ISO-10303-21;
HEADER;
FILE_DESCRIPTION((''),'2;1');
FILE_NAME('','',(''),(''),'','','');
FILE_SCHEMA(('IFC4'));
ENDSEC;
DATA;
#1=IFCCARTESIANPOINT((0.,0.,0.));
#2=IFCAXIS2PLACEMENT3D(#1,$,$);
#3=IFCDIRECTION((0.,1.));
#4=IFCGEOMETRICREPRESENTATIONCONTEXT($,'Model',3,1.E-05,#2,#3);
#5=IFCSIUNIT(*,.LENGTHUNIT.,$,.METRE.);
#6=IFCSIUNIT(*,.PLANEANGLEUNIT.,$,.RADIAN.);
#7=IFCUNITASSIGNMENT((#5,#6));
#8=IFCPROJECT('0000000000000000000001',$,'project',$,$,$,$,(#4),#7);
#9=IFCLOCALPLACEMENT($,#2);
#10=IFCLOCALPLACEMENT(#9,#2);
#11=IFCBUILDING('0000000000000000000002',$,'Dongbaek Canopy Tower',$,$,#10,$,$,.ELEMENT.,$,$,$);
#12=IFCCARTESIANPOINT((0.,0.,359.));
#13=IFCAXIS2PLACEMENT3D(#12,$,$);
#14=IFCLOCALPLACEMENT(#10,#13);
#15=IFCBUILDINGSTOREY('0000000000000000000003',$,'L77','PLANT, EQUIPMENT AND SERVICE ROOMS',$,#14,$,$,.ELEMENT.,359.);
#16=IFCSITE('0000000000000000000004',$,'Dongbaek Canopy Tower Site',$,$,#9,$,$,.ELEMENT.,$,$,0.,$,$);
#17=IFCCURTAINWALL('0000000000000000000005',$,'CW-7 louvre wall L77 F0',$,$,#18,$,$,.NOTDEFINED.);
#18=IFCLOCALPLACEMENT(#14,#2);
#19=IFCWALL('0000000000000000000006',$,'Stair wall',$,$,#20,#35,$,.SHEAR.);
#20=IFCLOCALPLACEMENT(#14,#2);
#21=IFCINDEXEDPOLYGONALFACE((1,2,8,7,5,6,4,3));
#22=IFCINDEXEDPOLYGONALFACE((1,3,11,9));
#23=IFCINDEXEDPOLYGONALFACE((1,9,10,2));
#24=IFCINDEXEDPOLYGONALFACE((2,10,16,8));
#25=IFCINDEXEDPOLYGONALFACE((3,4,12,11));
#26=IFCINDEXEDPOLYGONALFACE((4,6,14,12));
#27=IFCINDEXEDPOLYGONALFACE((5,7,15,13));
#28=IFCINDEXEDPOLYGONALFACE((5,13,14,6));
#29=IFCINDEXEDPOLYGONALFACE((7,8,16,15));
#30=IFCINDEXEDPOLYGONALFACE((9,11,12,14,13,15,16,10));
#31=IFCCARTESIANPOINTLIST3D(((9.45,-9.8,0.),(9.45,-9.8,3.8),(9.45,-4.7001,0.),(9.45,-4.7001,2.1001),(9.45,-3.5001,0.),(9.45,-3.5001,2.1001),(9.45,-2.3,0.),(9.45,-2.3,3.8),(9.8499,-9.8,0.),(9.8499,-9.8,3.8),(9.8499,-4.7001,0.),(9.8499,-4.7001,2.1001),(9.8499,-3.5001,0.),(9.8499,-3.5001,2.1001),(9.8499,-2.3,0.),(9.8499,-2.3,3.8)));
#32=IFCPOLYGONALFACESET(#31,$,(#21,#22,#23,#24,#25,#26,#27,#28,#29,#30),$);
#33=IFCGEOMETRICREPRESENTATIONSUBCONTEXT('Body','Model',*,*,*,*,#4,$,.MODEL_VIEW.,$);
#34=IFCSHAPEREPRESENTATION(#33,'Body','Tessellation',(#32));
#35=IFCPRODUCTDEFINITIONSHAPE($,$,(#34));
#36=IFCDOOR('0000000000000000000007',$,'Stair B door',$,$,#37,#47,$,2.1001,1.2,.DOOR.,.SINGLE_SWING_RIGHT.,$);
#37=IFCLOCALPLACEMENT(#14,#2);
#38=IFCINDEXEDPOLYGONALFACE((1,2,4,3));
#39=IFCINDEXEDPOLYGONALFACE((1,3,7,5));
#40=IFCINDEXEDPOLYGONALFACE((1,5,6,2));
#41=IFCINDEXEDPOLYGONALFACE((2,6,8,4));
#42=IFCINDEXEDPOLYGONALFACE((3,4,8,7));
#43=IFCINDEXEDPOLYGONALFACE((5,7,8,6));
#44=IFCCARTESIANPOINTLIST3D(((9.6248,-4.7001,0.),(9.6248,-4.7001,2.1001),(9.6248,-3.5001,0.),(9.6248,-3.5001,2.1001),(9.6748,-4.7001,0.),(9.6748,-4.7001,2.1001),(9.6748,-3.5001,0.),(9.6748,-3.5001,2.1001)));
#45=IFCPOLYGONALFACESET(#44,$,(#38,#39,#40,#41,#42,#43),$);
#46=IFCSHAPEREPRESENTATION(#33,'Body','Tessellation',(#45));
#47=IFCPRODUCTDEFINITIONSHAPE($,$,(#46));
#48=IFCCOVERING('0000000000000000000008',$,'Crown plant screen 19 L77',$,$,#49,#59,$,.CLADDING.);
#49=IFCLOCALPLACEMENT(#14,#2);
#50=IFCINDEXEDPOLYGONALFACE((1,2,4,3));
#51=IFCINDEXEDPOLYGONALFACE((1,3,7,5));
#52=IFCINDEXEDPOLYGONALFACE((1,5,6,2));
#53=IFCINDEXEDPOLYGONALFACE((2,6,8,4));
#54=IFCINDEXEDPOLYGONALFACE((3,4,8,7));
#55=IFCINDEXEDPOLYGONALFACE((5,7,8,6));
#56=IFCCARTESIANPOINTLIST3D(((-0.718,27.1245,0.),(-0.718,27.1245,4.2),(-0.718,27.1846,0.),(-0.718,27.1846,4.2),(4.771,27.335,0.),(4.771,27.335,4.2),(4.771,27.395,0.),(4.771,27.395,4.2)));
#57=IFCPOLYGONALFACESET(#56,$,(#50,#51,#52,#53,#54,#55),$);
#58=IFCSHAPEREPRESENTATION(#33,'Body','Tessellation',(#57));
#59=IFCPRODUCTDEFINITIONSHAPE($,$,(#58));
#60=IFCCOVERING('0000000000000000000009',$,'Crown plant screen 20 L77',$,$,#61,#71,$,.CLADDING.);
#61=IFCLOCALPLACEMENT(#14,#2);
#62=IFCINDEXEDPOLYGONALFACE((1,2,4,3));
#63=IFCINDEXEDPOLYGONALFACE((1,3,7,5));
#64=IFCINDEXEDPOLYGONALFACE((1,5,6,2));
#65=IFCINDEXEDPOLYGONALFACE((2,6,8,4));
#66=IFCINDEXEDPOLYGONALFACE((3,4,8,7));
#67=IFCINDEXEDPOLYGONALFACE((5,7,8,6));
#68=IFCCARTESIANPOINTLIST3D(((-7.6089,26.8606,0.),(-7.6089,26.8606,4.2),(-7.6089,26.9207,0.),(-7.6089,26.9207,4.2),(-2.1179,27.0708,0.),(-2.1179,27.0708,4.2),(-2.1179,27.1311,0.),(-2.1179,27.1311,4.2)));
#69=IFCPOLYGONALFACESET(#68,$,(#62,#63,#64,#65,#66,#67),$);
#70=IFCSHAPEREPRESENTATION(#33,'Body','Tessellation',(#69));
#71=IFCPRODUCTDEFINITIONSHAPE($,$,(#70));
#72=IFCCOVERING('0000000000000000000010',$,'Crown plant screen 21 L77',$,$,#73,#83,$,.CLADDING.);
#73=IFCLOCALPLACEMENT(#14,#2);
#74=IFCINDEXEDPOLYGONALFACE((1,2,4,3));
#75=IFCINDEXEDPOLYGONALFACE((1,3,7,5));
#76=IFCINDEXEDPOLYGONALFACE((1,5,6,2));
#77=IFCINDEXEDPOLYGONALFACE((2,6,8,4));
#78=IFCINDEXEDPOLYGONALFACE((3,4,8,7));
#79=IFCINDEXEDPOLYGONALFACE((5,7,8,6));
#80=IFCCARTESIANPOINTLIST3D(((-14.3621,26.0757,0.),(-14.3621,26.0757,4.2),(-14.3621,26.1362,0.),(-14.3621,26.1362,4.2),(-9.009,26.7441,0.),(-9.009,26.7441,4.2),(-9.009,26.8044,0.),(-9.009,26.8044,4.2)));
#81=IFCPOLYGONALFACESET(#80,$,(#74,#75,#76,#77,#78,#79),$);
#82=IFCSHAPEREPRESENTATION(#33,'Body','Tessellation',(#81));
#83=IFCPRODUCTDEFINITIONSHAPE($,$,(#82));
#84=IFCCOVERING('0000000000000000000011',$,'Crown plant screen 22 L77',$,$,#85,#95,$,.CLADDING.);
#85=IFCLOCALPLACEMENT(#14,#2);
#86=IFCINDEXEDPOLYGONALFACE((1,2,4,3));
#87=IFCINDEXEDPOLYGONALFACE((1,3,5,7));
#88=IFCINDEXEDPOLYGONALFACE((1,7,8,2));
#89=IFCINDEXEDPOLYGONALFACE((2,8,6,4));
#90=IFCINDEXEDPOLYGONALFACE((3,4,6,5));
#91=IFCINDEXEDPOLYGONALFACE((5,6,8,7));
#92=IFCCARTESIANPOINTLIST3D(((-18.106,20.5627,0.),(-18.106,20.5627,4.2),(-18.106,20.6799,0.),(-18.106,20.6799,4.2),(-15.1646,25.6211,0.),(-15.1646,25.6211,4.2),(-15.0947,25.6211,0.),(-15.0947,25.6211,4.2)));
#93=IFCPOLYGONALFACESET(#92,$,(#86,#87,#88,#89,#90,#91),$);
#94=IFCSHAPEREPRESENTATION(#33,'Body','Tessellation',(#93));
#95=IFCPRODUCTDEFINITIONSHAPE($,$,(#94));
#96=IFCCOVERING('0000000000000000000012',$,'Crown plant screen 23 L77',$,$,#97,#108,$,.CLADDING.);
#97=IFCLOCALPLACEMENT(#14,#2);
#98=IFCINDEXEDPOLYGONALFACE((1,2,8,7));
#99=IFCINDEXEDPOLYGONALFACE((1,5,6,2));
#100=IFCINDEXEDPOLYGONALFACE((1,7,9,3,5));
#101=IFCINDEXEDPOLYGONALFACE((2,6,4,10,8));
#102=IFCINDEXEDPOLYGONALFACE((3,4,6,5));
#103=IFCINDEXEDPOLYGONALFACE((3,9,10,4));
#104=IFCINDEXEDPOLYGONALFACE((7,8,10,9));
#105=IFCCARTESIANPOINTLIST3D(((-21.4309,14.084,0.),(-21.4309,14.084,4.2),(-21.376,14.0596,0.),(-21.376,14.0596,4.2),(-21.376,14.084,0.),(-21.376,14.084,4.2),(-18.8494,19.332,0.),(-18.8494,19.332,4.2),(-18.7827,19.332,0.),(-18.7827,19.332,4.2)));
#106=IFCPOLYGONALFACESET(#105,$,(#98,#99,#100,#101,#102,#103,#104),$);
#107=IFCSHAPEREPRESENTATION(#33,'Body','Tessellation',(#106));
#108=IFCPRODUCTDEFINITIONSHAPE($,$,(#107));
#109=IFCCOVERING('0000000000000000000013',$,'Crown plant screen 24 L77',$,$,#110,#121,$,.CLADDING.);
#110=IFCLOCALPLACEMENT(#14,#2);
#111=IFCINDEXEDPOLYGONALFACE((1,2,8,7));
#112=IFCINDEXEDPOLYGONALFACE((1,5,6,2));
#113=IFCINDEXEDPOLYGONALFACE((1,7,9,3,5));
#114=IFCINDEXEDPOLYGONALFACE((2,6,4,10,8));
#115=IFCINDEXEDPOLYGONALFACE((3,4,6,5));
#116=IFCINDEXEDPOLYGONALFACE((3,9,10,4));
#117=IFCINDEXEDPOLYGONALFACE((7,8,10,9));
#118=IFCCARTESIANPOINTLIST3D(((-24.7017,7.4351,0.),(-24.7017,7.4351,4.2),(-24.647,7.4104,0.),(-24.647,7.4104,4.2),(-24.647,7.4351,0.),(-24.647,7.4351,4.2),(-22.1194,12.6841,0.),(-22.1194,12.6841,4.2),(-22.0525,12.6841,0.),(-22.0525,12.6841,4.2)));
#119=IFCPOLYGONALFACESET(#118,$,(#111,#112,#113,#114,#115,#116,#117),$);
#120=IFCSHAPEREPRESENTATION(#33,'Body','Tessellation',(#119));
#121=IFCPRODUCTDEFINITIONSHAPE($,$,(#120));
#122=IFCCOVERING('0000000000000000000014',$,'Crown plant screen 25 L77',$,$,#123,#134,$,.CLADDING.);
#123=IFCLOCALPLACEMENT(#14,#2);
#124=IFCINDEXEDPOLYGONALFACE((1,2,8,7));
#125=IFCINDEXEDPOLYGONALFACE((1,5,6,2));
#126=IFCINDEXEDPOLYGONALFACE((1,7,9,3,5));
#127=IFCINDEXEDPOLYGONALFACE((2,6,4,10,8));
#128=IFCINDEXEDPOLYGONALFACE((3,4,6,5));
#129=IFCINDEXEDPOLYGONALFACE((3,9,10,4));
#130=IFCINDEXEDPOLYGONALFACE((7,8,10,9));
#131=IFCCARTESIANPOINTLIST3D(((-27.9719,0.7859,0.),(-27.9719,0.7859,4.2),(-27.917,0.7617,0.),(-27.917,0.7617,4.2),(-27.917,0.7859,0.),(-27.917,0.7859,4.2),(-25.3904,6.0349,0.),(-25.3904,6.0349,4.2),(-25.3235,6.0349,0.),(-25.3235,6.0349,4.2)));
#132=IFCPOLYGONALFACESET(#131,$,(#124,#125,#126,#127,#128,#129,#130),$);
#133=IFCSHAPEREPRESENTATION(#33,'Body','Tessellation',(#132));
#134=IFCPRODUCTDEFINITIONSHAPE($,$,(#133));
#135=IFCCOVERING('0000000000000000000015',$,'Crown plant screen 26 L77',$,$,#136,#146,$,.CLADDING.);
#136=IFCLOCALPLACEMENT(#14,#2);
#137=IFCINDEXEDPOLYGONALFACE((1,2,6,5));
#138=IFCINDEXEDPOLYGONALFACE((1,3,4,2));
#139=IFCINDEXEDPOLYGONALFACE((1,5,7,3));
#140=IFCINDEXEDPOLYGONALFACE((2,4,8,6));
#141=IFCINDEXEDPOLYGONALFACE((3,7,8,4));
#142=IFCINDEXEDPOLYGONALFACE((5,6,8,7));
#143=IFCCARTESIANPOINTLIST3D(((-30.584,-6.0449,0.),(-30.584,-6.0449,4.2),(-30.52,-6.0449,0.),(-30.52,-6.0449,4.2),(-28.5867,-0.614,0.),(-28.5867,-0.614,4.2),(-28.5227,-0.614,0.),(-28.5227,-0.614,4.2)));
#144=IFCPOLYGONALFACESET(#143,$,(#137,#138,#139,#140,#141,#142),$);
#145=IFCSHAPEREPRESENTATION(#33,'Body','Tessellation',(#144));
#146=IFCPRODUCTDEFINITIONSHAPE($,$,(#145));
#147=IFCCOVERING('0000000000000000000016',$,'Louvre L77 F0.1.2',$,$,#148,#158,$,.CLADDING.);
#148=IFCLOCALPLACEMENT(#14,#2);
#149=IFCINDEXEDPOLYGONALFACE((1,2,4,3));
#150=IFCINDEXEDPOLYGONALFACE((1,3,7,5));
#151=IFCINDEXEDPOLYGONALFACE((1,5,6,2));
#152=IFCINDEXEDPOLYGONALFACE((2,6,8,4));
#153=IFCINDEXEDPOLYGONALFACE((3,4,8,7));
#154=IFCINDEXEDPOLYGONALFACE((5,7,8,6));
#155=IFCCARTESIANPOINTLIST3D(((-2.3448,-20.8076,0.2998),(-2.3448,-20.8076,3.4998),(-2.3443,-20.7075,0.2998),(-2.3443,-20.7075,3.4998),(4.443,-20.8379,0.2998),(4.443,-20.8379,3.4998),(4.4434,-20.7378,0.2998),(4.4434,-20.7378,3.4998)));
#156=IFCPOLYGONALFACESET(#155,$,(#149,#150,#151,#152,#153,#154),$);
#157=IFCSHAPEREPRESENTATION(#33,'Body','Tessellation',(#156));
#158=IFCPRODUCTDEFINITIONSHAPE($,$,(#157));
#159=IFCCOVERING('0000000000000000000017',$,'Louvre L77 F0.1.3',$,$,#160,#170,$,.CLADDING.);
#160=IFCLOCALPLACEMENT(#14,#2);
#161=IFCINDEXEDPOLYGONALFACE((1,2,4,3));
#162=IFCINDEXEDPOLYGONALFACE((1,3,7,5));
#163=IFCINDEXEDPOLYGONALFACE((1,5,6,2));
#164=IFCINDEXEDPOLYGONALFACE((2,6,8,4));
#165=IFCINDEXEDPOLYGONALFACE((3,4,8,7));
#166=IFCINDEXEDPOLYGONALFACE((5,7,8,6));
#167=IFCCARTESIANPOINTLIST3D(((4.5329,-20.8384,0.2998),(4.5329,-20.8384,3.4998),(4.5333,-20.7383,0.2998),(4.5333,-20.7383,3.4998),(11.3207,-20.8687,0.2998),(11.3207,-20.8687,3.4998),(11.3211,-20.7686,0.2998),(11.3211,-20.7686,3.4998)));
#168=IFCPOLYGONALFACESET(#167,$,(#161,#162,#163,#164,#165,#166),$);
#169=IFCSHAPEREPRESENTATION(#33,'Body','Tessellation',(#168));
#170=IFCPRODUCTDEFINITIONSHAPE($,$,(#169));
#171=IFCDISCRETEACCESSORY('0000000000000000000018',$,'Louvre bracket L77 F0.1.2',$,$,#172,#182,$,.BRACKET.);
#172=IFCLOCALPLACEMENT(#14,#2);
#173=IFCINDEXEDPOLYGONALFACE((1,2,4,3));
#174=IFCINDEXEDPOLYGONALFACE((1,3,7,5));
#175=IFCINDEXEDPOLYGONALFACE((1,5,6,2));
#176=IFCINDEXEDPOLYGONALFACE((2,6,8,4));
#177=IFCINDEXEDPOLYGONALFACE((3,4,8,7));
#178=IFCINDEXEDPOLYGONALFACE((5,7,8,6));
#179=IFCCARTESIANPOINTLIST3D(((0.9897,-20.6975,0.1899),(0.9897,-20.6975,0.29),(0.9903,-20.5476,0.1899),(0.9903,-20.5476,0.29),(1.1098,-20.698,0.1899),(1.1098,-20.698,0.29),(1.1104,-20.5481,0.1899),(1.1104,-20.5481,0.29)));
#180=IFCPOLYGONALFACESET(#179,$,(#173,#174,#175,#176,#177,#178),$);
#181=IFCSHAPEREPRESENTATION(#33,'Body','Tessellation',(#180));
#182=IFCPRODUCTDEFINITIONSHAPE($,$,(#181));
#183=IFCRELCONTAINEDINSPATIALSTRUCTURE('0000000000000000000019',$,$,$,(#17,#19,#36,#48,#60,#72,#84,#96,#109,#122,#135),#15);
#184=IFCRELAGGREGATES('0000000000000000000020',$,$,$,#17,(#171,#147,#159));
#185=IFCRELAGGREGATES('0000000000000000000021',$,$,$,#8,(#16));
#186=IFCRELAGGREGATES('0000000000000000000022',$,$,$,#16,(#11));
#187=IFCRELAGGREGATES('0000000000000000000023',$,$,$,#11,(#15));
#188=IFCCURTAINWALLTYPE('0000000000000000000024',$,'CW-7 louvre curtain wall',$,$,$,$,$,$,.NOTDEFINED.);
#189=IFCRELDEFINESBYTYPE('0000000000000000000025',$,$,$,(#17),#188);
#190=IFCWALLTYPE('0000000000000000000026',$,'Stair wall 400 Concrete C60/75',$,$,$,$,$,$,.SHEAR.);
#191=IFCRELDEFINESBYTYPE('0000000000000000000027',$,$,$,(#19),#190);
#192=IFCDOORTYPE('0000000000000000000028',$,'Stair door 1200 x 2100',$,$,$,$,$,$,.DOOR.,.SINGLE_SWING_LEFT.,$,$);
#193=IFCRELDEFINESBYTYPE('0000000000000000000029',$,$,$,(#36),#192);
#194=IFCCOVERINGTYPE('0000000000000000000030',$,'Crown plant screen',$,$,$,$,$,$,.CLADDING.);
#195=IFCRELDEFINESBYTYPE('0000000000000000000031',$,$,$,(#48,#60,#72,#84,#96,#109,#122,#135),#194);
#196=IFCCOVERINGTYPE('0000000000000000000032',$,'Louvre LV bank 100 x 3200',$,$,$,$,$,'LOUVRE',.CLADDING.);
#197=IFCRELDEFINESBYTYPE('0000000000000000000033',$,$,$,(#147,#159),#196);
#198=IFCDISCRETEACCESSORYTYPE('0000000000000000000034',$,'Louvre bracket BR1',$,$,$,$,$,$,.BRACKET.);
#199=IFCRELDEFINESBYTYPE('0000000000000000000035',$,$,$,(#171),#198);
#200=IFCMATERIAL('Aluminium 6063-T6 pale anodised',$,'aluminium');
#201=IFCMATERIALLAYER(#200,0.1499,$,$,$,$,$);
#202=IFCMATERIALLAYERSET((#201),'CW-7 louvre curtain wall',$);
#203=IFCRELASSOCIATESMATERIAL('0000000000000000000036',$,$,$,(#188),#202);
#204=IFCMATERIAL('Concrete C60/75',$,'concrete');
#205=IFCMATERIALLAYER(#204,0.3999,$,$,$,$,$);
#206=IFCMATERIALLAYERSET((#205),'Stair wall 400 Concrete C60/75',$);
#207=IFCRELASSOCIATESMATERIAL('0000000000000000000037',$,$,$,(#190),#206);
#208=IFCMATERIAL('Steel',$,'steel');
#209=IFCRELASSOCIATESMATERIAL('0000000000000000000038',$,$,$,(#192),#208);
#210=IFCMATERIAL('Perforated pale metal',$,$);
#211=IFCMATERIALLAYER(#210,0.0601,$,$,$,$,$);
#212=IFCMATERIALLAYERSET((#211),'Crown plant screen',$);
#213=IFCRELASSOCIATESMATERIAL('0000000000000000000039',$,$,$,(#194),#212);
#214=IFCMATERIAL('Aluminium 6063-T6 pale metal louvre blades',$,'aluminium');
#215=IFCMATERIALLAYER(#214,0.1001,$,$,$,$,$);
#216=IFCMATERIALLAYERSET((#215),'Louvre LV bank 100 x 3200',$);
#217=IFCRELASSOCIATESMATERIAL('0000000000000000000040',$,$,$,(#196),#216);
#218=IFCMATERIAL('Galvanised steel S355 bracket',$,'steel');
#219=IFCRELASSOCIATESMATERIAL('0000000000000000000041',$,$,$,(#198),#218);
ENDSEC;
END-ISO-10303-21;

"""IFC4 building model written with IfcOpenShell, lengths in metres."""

from ifc_helpers import new_model, si_unit, direction, frame, frame_2d, origin, origin_2d, place, context, subcontext, project, spatial, polyline, rectangle, outline, extrude, material, layer, layer_set, type_object, element, fill, aggregate, save


model = new_model("IFC4")

# Units and contexts
model_context = context("Model", 3, precision=1e-05, world=origin(), true_north=direction((0.0, 1.0)))
body_context = subcontext(model_context, "Body", "Model", "MODEL_VIEW")
ifc_project = project(units=[si_unit("LENGTHUNIT", "METRE"), si_unit("PLANEANGLEUNIT", "RADIAN")], contexts=[model_context])

# Site, building, storey
site_placement = place(None, origin())
site = spatial("IfcSite", under=ifc_project, at=site_placement, Name="Dongbaek Canopy Tower Site", CompositionType="ELEMENT", RefElevation=0.0)
building_placement = place(site_placement, origin())
building = spatial("IfcBuilding", under=site, at=building_placement, Name="Dongbaek Canopy Tower", CompositionType="ELEMENT")
storey_placement = place(building_placement, frame((0.0, 0.0, 359.0)))
storey = spatial("IfcBuildingStorey", under=building, at=storey_placement, Name="L77", Description="PLANT, EQUIPMENT AND SERVICE ROOMS", CompositionType="ELEMENT", Elevation=359.0)

# Curtain wall
ifc_material_1 = material(Name="Aluminium 6063-T6 pale anodised", Category="aluminium")
ifc_layer_1 = layer(ifc_material_1, 0.1499)
ifc_layer_set_1 = layer_set([ifc_layer_1], Name="CW-7 louvre curtain wall")
curtain_wall_type = type_object("IfcCurtainWallType", Name="CW-7 louvre curtain wall", PredefinedType="NOTDEFINED", material=ifc_layer_set_1)
curtain_wall_placement = place(storey_placement, origin())
curtain_wall = element("IfcCurtainWall", 1, at=curtain_wall_placement, inside=storey, type_object=curtain_wall_type, Name="CW-7 louvre wall L77 F0", PredefinedType="NOTDEFINED")

# Wall, opening, door
ifc_material_2 = material(Name="Concrete C60/75", Category="concrete")
ifc_layer_2 = layer(ifc_material_2, 0.3999)
ifc_layer_set_2 = layer_set([ifc_layer_2], Name="Stair wall 400 Concrete C60/75")
wall_type_1 = type_object("IfcWallType", Name="Stair wall 400 Concrete C60/75", PredefinedType="SHEAR", material=ifc_layer_set_2)
wall_1_placement = place(storey_placement, frame((9.6499, -2.3, 0.0), z_axis=(0.0, 0.0, 1.0), x_axis=(0.0, -1.0, 0.0)))
wall_1 = element("IfcWall", 2, at=wall_1_placement, inside=storey, type_object=wall_type_1, Name="Stair wall", PredefinedType="SHEAR", context=body_context, shape_type="SweptSolid", body=[
    extrude(rectangle(XDim=7.5, YDim=0.3999, at=frame_2d((3.75, 0.0))), origin(), (0.0, 0.0, 1.0), 3.8),
])
opening_1_placement = place(wall_1_placement, frame((1.2, 0.0, 0.0)))
opening_1 = element("IfcOpeningElement", 3, at=opening_1_placement, cuts=wall_1, PredefinedType="OPENING", context=body_context, shape_type="SweptSolid", body=[
    extrude(rectangle(XDim=1.2, YDim=2.1001, at=frame_2d((0.6001, 1.05))), frame((0.0, 0.21, 0.0), z_axis=(0.0, -1.0, 0.0), x_axis=(1.0, 0.0, 0.0)), (0.0, 0.0, 1.0), 0.4199),
])
ifc_material_3 = material(Name="Steel", Category="steel")
door_type_1 = type_object("IfcDoorType", Name="Stair door 1200 x 2100", OperationType="SINGLE_SWING_LEFT", PredefinedType="DOOR", material=ifc_material_3)
door_1_placement = place(opening_1_placement, origin())
door_1 = element("IfcDoor", 4, at=door_1_placement, inside=storey, type_object=door_type_1, Name="Stair B door", OperationType="SINGLE_SWING_RIGHT", OverallHeight=2.1001, OverallWidth=1.2, PredefinedType="DOOR", context=body_context, shape_type="SweptSolid", body=[
    extrude(rectangle(XDim=1.2, YDim=2.1001, at=frame_2d((0.6001, 1.05))), frame((0.0, 0.0249, 0.0), z_axis=(0.0, -1.0, 0.0), x_axis=(1.0, 0.0, 0.0)), (0.0, 0.0, 1.0), 0.05),
])
fill(opening_1, door_1)

# Coverings
ifc_material_4 = material(Name="Perforated pale metal")
ifc_layer_3 = layer(ifc_material_4, 0.0601)
ifc_layer_set_3 = layer_set([ifc_layer_3], Name="Crown plant screen")
covering_type_1 = type_object("IfcCoveringType", Name="Crown plant screen", PredefinedType="CLADDING", material=ifc_layer_set_3)
covering_1_placement = place(storey_placement, origin())
element("IfcCovering", 5, at=covering_1_placement, inside=storey, type_object=covering_type_1, Name="Crown plant screen 19 L77", PredefinedType="CLADDING", context=body_context, shape_type="SweptSolid", body=[
    extrude(outline(polyline([(4.771, 27.395), (4.771, 27.335), (-0.718, 27.1245), (-0.718, 27.1846), (4.771, 27.395)])), origin(), (0.0, 0.0, 1.0), 4.2),
])
covering_2_placement = place(storey_placement, origin())
element("IfcCovering", 6, at=covering_2_placement, inside=storey, type_object=covering_type_1, Name="Crown plant screen 20 L77", PredefinedType="CLADDING", context=body_context, shape_type="SweptSolid", body=[
    extrude(outline(polyline([(-2.1179, 27.1311), (-2.1179, 27.0708), (-7.6089, 26.8606), (-7.6089, 26.9207), (-2.1179, 27.1311)])), origin(), (0.0, 0.0, 1.0), 4.2),
])
covering_3_placement = place(storey_placement, origin())
element("IfcCovering", 7, at=covering_3_placement, inside=storey, type_object=covering_type_1, Name="Crown plant screen 21 L77", PredefinedType="CLADDING", context=body_context, shape_type="SweptSolid", body=[
    extrude(outline(polyline([(-9.009, 26.8044), (-9.009, 26.7441), (-14.3621, 26.0757), (-14.3621, 26.1362), (-9.009, 26.8044)])), origin(), (0.0, 0.0, 1.0), 4.2),
])
covering_4_placement = place(storey_placement, origin())
element("IfcCovering", 8, at=covering_4_placement, inside=storey, type_object=covering_type_1, Name="Crown plant screen 22 L77", PredefinedType="CLADDING", context=body_context, shape_type="SweptSolid", body=[
    extrude(outline(polyline([(-15.1646, 25.6211), (-15.0947, 25.6211), (-18.106, 20.5627), (-18.106, 20.6799), (-15.1646, 25.6211)])), origin(), (0.0, 0.0, 1.0), 4.2),
])
covering_5_placement = place(storey_placement, origin())
element("IfcCovering", 9, at=covering_5_placement, inside=storey, type_object=covering_type_1, Name="Crown plant screen 23 L77", PredefinedType="CLADDING", context=body_context, shape_type="SweptSolid", body=[
    extrude(outline(polyline([(-18.8494, 19.332), (-18.7827, 19.332), (-21.376, 14.0596), (-21.376, 14.084), (-21.4309, 14.084), (-18.8494, 19.332)])), origin(), (0.0, 0.0, 1.0), 4.2),
])
covering_6_placement = place(storey_placement, origin())
element("IfcCovering", 10, at=covering_6_placement, inside=storey, type_object=covering_type_1, Name="Crown plant screen 24 L77", PredefinedType="CLADDING", context=body_context, shape_type="SweptSolid", body=[
    extrude(outline(polyline([(-22.1194, 12.6841), (-22.0525, 12.6841), (-24.647, 7.4104), (-24.647, 7.4351), (-24.7017, 7.4351), (-22.1194, 12.6841)])), origin(), (0.0, 0.0, 1.0), 4.2),
])
covering_7_placement = place(storey_placement, origin())
element("IfcCovering", 11, at=covering_7_placement, inside=storey, type_object=covering_type_1, Name="Crown plant screen 25 L77", PredefinedType="CLADDING", context=body_context, shape_type="SweptSolid", body=[
    extrude(outline(polyline([(-25.3904, 6.0349), (-25.3235, 6.0349), (-27.917, 0.7617), (-27.917, 0.7859), (-27.9719, 0.7859), (-25.3904, 6.0349)])), origin(), (0.0, 0.0, 1.0), 4.2),
])
covering_8_placement = place(storey_placement, origin())
element("IfcCovering", 12, at=covering_8_placement, inside=storey, type_object=covering_type_1, Name="Crown plant screen 26 L77", PredefinedType="CLADDING", context=body_context, shape_type="SweptSolid", body=[
    extrude(outline(polyline([(-28.5867, -0.614), (-28.5227, -0.614), (-30.52, -6.0449), (-30.584, -6.0449), (-28.5867, -0.614)])), origin(), (0.0, 0.0, 1.0), 4.2),
])

# Coverings
ifc_material_5 = material(Name="Aluminium 6063-T6 pale metal louvre blades", Category="aluminium")
ifc_layer_4 = layer(ifc_material_5, 0.1001)
ifc_layer_set_4 = layer_set([ifc_layer_4], Name="Louvre LV bank 100 x 3200")
covering_type_2 = type_object("IfcCoveringType", Name="Louvre LV bank 100 x 3200", ElementType="LOUVRE", PredefinedType="CLADDING", material=ifc_layer_set_4)
covering_9_placement = place(storey_placement, frame((1.0493, -20.7727, 0.2998), z_axis=(0.0, 0.0, 1.0), x_axis=(0.99999, -0.004466, 0.0)))
covering_9 = element("IfcCovering", 13, at=covering_9_placement, type_object=covering_type_2, Name="Louvre L77 F0.1.2", PredefinedType="CLADDING", context=body_context, shape_type="SweptSolid", body=[
    extrude(rectangle(XDim=6.7878, YDim=0.1001, at=origin_2d()), origin(), (0.0, 0.0, 1.0), 3.2),
])
covering_10_placement = place(storey_placement, frame((7.927, -20.8035, 0.2998), z_axis=(0.0, 0.0, 1.0), x_axis=(0.99999, -0.004466, 0.0)))
covering_10 = element("IfcCovering", 14, at=covering_10_placement, type_object=covering_type_2, Name="Louvre L77 F0.1.3", PredefinedType="CLADDING", context=body_context, shape_type="SweptSolid", body=[
    extrude(rectangle(XDim=6.7878, YDim=0.1001, at=origin_2d()), origin(), (0.0, 0.0, 1.0), 3.2),
])

# Discrete accessory
ifc_material_6 = material(Name="Galvanised steel S355 bracket", Category="steel")
discrete_accessory_type = type_object("IfcDiscreteAccessoryType", Name="Louvre bracket BR1", PredefinedType="BRACKET", material=ifc_material_6)
discrete_accessory_1_placement = place(storey_placement, frame((1.05, -20.6228, 0.1899), z_axis=(0.0, 0.0, 1.0), x_axis=(0.99999, -0.004466, 0.0)))
discrete_accessory_1 = element("IfcDiscreteAccessory", 15, at=discrete_accessory_1_placement, type_object=discrete_accessory_type, Name="Louvre bracket L77 F0.1.2", PredefinedType="BRACKET", context=body_context, shape_type="SweptSolid", body=[
    extrude(rectangle(XDim=0.1201, YDim=0.1499, at=origin_2d()), origin(), (0.0, 0.0, 1.0), 0.1001),
])
aggregate(curtain_wall, [discrete_accessory_1, covering_9, covering_10])

save(model, "model.ifc")
